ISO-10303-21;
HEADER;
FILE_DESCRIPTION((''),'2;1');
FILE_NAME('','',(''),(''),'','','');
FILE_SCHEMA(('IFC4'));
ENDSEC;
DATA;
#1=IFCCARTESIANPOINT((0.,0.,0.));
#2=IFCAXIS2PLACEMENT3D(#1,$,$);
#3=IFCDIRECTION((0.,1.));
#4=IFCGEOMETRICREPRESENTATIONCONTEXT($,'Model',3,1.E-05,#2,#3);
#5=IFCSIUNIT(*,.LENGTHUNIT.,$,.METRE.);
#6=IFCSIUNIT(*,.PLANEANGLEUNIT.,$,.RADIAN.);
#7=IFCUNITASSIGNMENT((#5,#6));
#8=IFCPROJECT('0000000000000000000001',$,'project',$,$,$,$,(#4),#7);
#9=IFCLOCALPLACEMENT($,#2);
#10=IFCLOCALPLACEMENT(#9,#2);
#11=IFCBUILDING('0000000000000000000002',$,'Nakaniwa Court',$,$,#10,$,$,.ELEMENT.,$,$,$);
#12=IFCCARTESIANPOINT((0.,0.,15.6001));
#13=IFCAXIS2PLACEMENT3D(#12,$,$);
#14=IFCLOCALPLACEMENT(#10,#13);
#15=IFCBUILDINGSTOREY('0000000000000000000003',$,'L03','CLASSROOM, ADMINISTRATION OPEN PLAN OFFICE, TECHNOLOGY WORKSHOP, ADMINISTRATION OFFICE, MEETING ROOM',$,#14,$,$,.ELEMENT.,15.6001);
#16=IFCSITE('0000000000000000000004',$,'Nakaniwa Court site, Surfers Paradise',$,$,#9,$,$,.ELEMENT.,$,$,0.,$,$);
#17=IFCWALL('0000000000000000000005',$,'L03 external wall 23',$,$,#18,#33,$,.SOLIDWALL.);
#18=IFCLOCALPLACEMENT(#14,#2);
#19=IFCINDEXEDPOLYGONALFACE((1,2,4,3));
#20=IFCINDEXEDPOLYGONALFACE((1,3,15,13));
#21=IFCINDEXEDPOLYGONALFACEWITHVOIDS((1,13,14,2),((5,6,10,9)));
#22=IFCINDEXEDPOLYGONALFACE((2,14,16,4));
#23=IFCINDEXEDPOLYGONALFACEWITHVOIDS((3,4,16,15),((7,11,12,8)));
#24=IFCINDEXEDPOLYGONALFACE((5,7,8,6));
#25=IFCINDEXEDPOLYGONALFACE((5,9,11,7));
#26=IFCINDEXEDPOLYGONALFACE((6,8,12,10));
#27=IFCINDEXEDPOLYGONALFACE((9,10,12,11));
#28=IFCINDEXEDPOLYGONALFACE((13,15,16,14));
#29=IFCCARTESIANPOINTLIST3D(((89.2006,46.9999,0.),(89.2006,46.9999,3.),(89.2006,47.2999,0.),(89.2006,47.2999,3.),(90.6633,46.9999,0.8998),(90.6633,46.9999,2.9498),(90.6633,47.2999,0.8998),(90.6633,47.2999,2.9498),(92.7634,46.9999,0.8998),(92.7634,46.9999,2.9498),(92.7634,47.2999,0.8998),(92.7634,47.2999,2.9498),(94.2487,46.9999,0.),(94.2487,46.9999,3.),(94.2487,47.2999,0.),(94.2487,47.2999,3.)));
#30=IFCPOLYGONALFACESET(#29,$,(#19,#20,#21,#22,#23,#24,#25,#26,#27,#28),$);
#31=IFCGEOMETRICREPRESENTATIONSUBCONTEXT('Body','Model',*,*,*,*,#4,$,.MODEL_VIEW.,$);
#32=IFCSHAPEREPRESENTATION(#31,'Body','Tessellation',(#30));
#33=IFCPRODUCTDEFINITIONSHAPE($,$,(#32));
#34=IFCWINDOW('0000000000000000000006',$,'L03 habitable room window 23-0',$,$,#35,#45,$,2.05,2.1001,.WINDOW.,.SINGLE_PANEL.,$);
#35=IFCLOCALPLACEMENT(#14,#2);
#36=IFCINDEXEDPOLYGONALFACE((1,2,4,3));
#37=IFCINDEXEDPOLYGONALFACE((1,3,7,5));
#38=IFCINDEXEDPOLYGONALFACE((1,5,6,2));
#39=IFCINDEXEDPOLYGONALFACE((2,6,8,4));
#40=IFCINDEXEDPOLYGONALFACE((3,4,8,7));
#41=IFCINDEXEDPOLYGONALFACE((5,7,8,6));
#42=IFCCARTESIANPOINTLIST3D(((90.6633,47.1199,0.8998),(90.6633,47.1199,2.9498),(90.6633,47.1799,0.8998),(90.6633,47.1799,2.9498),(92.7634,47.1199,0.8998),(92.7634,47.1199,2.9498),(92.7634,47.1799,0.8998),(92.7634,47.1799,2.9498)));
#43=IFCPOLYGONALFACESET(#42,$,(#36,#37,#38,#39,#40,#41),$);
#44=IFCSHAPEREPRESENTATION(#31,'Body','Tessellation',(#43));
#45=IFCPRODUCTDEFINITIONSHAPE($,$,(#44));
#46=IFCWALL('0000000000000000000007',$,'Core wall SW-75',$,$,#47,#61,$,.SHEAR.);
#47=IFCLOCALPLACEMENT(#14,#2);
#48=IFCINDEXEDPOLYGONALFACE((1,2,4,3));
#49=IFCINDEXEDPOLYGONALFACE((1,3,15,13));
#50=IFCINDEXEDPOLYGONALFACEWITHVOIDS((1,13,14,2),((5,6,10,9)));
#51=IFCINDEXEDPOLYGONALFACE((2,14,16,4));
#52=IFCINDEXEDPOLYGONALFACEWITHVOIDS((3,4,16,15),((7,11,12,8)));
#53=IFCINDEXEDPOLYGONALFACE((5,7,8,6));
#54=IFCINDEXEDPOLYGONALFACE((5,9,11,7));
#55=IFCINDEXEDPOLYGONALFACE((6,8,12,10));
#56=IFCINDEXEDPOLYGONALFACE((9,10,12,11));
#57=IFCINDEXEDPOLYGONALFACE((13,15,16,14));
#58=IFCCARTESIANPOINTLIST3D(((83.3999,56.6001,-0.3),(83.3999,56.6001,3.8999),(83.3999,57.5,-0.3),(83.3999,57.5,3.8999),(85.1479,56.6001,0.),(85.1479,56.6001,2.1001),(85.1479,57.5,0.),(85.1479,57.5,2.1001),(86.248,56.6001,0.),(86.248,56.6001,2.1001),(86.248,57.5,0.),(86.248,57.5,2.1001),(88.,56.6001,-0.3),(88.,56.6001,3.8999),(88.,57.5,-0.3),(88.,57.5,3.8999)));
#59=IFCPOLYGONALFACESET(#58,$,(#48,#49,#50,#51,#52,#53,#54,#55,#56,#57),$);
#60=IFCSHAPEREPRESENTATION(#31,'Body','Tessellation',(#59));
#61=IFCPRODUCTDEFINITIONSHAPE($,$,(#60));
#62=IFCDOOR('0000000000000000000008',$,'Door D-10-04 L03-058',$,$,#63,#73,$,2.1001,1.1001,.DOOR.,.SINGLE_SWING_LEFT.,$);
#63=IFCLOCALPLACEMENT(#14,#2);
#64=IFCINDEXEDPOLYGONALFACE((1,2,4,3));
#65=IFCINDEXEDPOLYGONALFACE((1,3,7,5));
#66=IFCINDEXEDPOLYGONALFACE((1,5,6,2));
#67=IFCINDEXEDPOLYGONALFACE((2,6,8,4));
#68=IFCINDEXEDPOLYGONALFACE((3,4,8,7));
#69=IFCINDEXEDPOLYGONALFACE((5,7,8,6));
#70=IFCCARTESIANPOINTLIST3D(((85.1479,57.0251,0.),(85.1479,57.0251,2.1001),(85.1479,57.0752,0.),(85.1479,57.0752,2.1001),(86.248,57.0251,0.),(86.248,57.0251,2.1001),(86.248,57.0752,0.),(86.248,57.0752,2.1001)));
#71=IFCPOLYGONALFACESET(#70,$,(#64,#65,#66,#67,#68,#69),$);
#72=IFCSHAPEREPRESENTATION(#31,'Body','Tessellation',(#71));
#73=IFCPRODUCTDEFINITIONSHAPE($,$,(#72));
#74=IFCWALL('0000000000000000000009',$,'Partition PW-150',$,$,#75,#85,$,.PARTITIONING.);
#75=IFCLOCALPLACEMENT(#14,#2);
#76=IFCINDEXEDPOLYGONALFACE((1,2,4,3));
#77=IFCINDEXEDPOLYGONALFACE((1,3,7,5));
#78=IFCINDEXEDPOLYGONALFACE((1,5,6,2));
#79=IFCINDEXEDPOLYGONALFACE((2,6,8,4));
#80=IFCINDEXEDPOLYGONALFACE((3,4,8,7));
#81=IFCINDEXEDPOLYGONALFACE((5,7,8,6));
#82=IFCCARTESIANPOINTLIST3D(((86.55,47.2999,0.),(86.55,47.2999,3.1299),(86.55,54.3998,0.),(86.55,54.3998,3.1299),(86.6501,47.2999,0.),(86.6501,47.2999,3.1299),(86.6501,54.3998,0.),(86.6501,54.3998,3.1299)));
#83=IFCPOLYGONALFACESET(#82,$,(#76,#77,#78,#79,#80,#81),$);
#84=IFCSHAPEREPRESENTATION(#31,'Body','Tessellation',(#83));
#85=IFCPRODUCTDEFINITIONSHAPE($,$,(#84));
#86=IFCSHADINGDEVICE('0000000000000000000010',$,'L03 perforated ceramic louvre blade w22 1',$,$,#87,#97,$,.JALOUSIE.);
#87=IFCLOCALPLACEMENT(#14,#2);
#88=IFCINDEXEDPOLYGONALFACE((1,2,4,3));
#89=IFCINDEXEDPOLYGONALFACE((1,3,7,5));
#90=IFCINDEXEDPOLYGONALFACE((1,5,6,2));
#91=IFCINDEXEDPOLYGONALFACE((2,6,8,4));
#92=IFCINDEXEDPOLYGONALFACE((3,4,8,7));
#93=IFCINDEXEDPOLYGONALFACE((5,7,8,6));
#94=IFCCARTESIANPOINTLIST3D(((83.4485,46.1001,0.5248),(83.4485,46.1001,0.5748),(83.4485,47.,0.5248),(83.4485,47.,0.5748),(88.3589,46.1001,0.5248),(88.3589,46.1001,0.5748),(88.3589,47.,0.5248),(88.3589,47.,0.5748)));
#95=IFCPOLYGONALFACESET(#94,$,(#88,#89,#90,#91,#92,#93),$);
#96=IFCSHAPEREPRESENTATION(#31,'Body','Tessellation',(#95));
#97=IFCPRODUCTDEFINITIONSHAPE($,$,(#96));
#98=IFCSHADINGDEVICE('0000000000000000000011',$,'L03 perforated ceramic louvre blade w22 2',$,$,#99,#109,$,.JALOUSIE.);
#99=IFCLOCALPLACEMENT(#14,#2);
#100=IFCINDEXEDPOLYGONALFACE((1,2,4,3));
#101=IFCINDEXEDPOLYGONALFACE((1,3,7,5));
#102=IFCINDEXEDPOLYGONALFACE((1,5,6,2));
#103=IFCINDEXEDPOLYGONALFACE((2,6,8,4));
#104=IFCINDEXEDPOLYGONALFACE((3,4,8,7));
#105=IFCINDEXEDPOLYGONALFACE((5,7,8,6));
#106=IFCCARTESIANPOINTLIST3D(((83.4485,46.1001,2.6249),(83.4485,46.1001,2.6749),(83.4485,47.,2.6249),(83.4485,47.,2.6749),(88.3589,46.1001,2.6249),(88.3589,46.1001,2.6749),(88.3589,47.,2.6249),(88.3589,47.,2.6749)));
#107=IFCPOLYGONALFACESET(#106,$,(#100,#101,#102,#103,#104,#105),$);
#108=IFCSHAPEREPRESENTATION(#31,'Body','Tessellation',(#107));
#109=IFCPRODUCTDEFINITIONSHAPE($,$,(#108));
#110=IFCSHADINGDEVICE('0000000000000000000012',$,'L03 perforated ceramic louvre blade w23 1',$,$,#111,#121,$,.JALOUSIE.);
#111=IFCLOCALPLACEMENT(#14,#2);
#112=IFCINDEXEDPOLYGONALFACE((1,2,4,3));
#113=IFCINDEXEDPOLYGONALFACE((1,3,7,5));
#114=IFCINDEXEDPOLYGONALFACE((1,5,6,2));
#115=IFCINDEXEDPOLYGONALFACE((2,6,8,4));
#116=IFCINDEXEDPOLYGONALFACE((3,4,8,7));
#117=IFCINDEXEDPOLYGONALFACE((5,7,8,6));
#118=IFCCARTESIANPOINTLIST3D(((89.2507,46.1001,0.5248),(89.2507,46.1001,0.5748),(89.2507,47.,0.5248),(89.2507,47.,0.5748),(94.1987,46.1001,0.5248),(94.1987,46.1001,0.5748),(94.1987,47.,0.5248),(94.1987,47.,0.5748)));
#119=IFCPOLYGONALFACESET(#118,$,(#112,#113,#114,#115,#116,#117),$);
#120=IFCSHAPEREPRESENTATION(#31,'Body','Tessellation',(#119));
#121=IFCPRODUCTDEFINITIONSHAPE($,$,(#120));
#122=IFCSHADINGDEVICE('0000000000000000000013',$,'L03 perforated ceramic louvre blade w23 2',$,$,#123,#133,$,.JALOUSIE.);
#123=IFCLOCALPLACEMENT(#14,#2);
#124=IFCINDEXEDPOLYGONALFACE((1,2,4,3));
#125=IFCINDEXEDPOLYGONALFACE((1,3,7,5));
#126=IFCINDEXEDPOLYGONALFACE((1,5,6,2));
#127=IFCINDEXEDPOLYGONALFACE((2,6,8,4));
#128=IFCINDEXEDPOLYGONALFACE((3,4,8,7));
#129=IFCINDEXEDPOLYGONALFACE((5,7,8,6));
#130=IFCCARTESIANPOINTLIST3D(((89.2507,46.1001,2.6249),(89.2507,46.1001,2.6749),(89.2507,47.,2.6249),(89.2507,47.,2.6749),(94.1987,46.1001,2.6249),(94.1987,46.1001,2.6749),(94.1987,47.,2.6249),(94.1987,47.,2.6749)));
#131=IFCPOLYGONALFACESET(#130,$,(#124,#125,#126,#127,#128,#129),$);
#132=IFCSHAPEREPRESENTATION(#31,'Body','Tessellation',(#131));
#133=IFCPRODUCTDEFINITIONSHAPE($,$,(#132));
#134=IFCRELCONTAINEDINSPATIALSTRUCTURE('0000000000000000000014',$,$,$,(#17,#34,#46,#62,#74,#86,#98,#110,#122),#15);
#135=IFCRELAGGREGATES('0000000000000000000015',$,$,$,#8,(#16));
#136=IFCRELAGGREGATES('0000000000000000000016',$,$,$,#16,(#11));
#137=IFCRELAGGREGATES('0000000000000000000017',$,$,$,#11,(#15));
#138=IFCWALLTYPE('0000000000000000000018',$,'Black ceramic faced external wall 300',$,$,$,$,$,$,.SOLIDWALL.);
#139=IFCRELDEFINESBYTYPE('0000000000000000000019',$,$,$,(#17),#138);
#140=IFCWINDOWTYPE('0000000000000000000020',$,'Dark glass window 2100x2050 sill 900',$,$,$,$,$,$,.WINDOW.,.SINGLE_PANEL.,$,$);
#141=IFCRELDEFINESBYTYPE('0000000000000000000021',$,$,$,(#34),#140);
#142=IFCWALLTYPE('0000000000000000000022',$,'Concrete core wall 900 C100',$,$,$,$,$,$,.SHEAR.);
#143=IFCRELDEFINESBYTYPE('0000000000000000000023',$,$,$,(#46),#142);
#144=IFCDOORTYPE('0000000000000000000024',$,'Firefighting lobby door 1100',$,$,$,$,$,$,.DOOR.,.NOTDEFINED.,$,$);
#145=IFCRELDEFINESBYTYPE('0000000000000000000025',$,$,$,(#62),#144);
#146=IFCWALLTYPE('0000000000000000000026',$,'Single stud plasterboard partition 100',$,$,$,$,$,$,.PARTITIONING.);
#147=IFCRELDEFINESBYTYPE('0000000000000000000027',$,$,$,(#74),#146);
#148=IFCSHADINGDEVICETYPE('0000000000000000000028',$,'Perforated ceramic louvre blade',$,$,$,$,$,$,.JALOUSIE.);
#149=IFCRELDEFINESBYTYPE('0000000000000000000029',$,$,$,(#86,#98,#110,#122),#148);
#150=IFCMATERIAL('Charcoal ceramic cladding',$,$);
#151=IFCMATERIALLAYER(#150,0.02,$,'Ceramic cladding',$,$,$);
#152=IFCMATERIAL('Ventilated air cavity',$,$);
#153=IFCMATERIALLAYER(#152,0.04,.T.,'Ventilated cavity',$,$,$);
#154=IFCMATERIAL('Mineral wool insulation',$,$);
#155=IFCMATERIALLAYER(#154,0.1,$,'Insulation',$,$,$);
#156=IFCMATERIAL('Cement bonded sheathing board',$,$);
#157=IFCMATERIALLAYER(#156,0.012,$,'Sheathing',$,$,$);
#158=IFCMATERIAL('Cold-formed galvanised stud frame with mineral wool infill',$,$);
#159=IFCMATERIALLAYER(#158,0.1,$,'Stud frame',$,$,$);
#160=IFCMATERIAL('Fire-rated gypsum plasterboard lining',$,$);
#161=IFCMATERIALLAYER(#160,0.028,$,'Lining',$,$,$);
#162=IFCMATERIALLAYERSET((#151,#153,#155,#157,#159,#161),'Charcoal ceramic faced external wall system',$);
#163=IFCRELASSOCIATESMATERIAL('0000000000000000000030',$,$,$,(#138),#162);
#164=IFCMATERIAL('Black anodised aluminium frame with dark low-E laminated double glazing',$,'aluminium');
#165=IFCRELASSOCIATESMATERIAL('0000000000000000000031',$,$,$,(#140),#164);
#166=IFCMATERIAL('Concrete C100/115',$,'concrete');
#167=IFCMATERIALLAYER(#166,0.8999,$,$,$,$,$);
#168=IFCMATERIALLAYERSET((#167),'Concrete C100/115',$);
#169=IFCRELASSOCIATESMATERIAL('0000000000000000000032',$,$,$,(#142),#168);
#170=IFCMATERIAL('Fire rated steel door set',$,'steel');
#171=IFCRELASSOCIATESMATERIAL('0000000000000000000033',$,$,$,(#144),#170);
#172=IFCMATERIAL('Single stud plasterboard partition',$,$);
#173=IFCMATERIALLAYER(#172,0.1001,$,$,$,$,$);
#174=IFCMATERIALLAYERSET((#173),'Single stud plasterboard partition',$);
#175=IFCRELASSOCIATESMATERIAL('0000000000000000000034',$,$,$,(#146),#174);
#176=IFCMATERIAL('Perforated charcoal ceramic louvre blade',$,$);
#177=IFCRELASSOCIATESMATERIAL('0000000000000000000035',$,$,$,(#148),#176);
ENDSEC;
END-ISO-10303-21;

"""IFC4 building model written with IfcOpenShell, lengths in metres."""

from ifc_helpers import new_model, si_unit, direction, frame, frame_2d, origin, origin_2d, place, context, subcontext, project, spatial, rectangle, extrude, material, layer, layer_set, material_profile, profile_set, type_object, element, fill, save


model = new_model("IFC4")

# Units and contexts
model_context = context("Model", 3, precision=1e-05, world=origin(), true_north=direction((0.0, 1.0)))
body_context = subcontext(model_context, "Body", "Model", "MODEL_VIEW")
ifc_project = project(units=[si_unit("LENGTHUNIT", "METRE"), si_unit("PLANEANGLEUNIT", "RADIAN")], contexts=[model_context])

# Site, building, storey
site_placement = place(None, origin())
site = spatial("IfcSite", under=ifc_project, at=site_placement, Name="Nakaniwa Court site, Surfers Paradise", CompositionType="ELEMENT", RefElevation=0.0)
building_placement = place(site_placement, origin())
building = spatial("IfcBuilding", under=site, at=building_placement, Name="Nakaniwa Court", CompositionType="ELEMENT")
storey_placement = place(building_placement, frame((0.0, 0.0, 15.6001)))
storey = spatial("IfcBuildingStorey", under=building, at=storey_placement, Name="L03", Description="CLASSROOM, ADMINISTRATION OPEN PLAN OFFICE, TECHNOLOGY WORKSHOP, ADMINISTRATION OFFICE, MEETING ROOM", CompositionType="ELEMENT", Elevation=15.6001)

# Shared definitions
ifc_material_1 = material(Name="Concrete C100/115", Category="concrete")

# Wall, opening, window
ifc_material_2 = material(Name="Charcoal ceramic cladding")
ifc_layer_1 = layer(ifc_material_2, 0.02, Name="Ceramic cladding")
ifc_material_3 = material(Name="Ventilated air cavity")
ifc_layer_2 = layer(ifc_material_3, 0.04, ventilated=True, Name="Ventilated cavity")
ifc_material_4 = material(Name="Mineral wool insulation")
ifc_layer_3 = layer(ifc_material_4, 0.1, Name="Insulation")
ifc_material_5 = material(Name="Cement bonded sheathing board")
ifc_layer_4 = layer(ifc_material_5, 0.012, Name="Sheathing")
ifc_material_6 = material(Name="Cold-formed galvanised stud frame with mineral wool infill")
ifc_layer_5 = layer(ifc_material_6, 0.1, Name="Stud frame")
ifc_material_7 = material(Name="Fire-rated gypsum plasterboard lining")
ifc_layer_6 = layer(ifc_material_7, 0.028, Name="Lining")
ifc_layer_set_1 = layer_set([ifc_layer_1, ifc_layer_2, ifc_layer_3, ifc_layer_4, ifc_layer_5, ifc_layer_6], Name="Charcoal ceramic faced external wall system")
wall_type_1 = type_object("IfcWallType", Name="Black ceramic faced external wall 300", PredefinedType="SOLIDWALL", material=ifc_layer_set_1)
ifc_material_8 = material(Name="Black anodised aluminium frame with dark low-E laminated double glazing", Category="aluminium")
window_type = type_object("IfcWindowType", Name="Dark glass window 2100x2050 sill 900", PartitioningType="SINGLE_PANEL", PredefinedType="WINDOW", material=ifc_material_8)
wall_1_placement = place(storey_placement, frame((89.2007, 47.1499, 0.0), z_axis=(0.0, 0.0, 1.0), x_axis=(1.0, 0.0, 0.0)))
wall_1 = element("IfcWall", 1, at=wall_1_placement, inside=storey, type_object=wall_type_1, Name="L03 external wall 23", PredefinedType="SOLIDWALL", context=body_context, shape_type="SweptSolid", body=[
    extrude(rectangle(XDim=5.0481, YDim=0.3, at=frame_2d((2.5239, 0.0))), origin(), (0.0, 0.0, 1.0), 3.0),
])
opening_1_placement = place(wall_1_placement, frame((1.4626, 0.0, 0.8999)))
opening_1 = element("IfcOpeningElement", 2, at=opening_1_placement, cuts=wall_1, PredefinedType="OPENING", context=body_context, shape_type="SweptSolid", body=[
    extrude(rectangle(XDim=2.1001, YDim=2.05, at=frame_2d((1.05, 1.0249))), frame((0.0, 0.1599, 0.0), z_axis=(0.0, -1.0, 0.0), x_axis=(1.0, 0.0, 0.0)), (0.0, 0.0, 1.0), 0.3201),
])
window_1_placement = place(opening_1_placement, origin())
window_1 = element("IfcWindow", 3, at=window_1_placement, inside=storey, type_object=window_type, Name="L03 habitable room window 23-0", OverallHeight=2.05, OverallWidth=2.1001, PartitioningType="SINGLE_PANEL", PredefinedType="WINDOW", context=body_context, shape_type="SweptSolid", body=[
    extrude(rectangle(XDim=2.1001, YDim=2.05, at=frame_2d((1.05, 1.0249))), frame((0.0, 0.03, 0.0), z_axis=(0.0, -1.0, 0.0), x_axis=(1.0, 0.0, 0.0)), (0.0, 0.0, 1.0), 0.0601),
])
fill(opening_1, window_1)

# Wall, opening, door
ifc_layer_7 = layer(ifc_material_1, 0.8999)
ifc_layer_set_2 = layer_set([ifc_layer_7], Name="Concrete C100/115")
wall_type_2 = type_object("IfcWallType", Name="Concrete core wall 900 C100", PredefinedType="SHEAR", material=ifc_layer_set_2)
wall_2_placement = place(storey_placement, frame((88.0, 57.05, -0.3), z_axis=(0.0, 0.0, 1.0), x_axis=(-1.0, 0.0, 0.0)))
wall_2 = element("IfcWall", 4, at=wall_2_placement, inside=storey, type_object=wall_type_2, Name="Core wall SW-75", PredefinedType="SHEAR", context=body_context, shape_type="SweptSolid", body=[
    extrude(rectangle(XDim=4.6001, YDim=0.8999, at=frame_2d((2.3, 0.0))), origin(), (0.0, 0.0, 1.0), 4.2),
])
opening_2_placement = place(wall_2_placement, frame((1.752, 0.0, 0.3)))
opening_2 = element("IfcOpeningElement", 5, at=opening_2_placement, cuts=wall_2, PredefinedType="OPENING", context=body_context, shape_type="SweptSolid", body=[
    extrude(rectangle(XDim=1.1001, YDim=2.1001, at=frame_2d((0.55, 1.05))), frame((0.0, 0.46, 0.0), z_axis=(0.0, -1.0, 0.0), x_axis=(1.0, 0.0, 0.0)), (0.0, 0.0, 1.0), 0.9199),
])
ifc_material_9 = material(Name="Fire rated steel door set", Category="steel")
door_type_1 = type_object("IfcDoorType", Name="Firefighting lobby door 1100", OperationType="NOTDEFINED", PredefinedType="DOOR", material=ifc_material_9)
door_1_placement = place(opening_2_placement, origin())
door_1 = element("IfcDoor", 6, at=door_1_placement, inside=storey, type_object=door_type_1, Name="Door D-10-04 L03-058", OperationType="SINGLE_SWING_LEFT", OverallHeight=2.1001, OverallWidth=1.1001, PredefinedType="DOOR", context=body_context, shape_type="SweptSolid", body=[
    extrude(rectangle(XDim=1.1001, YDim=2.1001, at=frame_2d((0.55, 1.05))), frame((0.0, 0.0249, 0.0), z_axis=(0.0, -1.0, 0.0), x_axis=(1.0, 0.0, 0.0)), (0.0, 0.0, 1.0), 0.05),
])
fill(opening_2, door_1)

# Wall
ifc_material_10 = material(Name="Single stud plasterboard partition")
ifc_layer_8 = layer(ifc_material_10, 0.1001)
ifc_layer_set_3 = layer_set([ifc_layer_8], Name="Single stud plasterboard partition")
wall_type_3 = type_object("IfcWallType", Name="Single stud plasterboard partition 100", PredefinedType="PARTITIONING", material=ifc_layer_set_3)
wall_3_placement = place(storey_placement, frame((86.6001, 47.3, 0.0), z_axis=(0.0, 0.0, 1.0), x_axis=(0.0, 1.0, 0.0)))
element("IfcWall", 7, at=wall_3_placement, inside=storey, type_object=wall_type_3, Name="Partition PW-150", PredefinedType="PARTITIONING", context=body_context, shape_type="SweptSolid", body=[
    extrude(rectangle(XDim=7.0999, YDim=0.1001, at=frame_2d((3.5498, 0.0))), origin(), (0.0, 0.0, 1.0), 3.1299),
])

# Shading devices
ifc_material_11 = material(Name="Perforated charcoal ceramic louvre blade")
ifc_material_profile_1 = material_profile(ifc_material_11, rectangle(XDim=0.8999, YDim=0.05, at=origin_2d()), Name="Perforated ceramic louvre blade")
ifc_profile_set_1 = profile_set([ifc_material_profile_1], Name="Perforated charcoal ceramic louvre blade")
shading_device_type = type_object("IfcShadingDeviceType", Name="Perforated ceramic louvre blade", PredefinedType="JALOUSIE", material=ifc_profile_set_1)
for number, where, z_axis, x_axis, name in (
    (8, (83.4485, 46.55, 0.5498), (1.0, 0.0, 0.0), (0.0, 1.0, 0.0), "L03 perforated ceramic louvre blade w22 1"),
    (9, (83.4485, 46.55, 2.6499), (1.0, 0.0, 0.0), (0.0, 1.0, 0.0), "L03 perforated ceramic louvre blade w22 2"),
):
    element("IfcShadingDevice", number, at=place(storey_placement, frame(where, z_axis=z_axis, x_axis=x_axis)), inside=storey, type_object=shading_device_type, Name=name, PredefinedType="JALOUSIE", context=body_context, shape_type="SweptSolid", body=[
        extrude(rectangle(XDim=0.8999, YDim=0.05, at=origin_2d()), origin(), (0.0, 0.0, 1.0), 4.9104),
    ])
for number, where, z_axis, x_axis, name in (
    (10, (89.2507, 46.55, 0.5498), (1.0, 0.0, 0.0), (0.0, 1.0, 0.0), "L03 perforated ceramic louvre blade w23 1"),
    (11, (89.2507, 46.55, 2.6499), (1.0, 0.0, 0.0), (0.0, 1.0, 0.0), "L03 perforated ceramic louvre blade w23 2"),
):
    element("IfcShadingDevice", number, at=place(storey_placement, frame(where, z_axis=z_axis, x_axis=x_axis)), inside=storey, type_object=shading_device_type, Name=name, PredefinedType="JALOUSIE", context=body_context, shape_type="SweptSolid", body=[
        extrude(rectangle(XDim=0.8999, YDim=0.05, at=origin_2d()), origin(), (0.0, 0.0, 1.0), 4.948),
    ])

save(model, "model.ifc")
